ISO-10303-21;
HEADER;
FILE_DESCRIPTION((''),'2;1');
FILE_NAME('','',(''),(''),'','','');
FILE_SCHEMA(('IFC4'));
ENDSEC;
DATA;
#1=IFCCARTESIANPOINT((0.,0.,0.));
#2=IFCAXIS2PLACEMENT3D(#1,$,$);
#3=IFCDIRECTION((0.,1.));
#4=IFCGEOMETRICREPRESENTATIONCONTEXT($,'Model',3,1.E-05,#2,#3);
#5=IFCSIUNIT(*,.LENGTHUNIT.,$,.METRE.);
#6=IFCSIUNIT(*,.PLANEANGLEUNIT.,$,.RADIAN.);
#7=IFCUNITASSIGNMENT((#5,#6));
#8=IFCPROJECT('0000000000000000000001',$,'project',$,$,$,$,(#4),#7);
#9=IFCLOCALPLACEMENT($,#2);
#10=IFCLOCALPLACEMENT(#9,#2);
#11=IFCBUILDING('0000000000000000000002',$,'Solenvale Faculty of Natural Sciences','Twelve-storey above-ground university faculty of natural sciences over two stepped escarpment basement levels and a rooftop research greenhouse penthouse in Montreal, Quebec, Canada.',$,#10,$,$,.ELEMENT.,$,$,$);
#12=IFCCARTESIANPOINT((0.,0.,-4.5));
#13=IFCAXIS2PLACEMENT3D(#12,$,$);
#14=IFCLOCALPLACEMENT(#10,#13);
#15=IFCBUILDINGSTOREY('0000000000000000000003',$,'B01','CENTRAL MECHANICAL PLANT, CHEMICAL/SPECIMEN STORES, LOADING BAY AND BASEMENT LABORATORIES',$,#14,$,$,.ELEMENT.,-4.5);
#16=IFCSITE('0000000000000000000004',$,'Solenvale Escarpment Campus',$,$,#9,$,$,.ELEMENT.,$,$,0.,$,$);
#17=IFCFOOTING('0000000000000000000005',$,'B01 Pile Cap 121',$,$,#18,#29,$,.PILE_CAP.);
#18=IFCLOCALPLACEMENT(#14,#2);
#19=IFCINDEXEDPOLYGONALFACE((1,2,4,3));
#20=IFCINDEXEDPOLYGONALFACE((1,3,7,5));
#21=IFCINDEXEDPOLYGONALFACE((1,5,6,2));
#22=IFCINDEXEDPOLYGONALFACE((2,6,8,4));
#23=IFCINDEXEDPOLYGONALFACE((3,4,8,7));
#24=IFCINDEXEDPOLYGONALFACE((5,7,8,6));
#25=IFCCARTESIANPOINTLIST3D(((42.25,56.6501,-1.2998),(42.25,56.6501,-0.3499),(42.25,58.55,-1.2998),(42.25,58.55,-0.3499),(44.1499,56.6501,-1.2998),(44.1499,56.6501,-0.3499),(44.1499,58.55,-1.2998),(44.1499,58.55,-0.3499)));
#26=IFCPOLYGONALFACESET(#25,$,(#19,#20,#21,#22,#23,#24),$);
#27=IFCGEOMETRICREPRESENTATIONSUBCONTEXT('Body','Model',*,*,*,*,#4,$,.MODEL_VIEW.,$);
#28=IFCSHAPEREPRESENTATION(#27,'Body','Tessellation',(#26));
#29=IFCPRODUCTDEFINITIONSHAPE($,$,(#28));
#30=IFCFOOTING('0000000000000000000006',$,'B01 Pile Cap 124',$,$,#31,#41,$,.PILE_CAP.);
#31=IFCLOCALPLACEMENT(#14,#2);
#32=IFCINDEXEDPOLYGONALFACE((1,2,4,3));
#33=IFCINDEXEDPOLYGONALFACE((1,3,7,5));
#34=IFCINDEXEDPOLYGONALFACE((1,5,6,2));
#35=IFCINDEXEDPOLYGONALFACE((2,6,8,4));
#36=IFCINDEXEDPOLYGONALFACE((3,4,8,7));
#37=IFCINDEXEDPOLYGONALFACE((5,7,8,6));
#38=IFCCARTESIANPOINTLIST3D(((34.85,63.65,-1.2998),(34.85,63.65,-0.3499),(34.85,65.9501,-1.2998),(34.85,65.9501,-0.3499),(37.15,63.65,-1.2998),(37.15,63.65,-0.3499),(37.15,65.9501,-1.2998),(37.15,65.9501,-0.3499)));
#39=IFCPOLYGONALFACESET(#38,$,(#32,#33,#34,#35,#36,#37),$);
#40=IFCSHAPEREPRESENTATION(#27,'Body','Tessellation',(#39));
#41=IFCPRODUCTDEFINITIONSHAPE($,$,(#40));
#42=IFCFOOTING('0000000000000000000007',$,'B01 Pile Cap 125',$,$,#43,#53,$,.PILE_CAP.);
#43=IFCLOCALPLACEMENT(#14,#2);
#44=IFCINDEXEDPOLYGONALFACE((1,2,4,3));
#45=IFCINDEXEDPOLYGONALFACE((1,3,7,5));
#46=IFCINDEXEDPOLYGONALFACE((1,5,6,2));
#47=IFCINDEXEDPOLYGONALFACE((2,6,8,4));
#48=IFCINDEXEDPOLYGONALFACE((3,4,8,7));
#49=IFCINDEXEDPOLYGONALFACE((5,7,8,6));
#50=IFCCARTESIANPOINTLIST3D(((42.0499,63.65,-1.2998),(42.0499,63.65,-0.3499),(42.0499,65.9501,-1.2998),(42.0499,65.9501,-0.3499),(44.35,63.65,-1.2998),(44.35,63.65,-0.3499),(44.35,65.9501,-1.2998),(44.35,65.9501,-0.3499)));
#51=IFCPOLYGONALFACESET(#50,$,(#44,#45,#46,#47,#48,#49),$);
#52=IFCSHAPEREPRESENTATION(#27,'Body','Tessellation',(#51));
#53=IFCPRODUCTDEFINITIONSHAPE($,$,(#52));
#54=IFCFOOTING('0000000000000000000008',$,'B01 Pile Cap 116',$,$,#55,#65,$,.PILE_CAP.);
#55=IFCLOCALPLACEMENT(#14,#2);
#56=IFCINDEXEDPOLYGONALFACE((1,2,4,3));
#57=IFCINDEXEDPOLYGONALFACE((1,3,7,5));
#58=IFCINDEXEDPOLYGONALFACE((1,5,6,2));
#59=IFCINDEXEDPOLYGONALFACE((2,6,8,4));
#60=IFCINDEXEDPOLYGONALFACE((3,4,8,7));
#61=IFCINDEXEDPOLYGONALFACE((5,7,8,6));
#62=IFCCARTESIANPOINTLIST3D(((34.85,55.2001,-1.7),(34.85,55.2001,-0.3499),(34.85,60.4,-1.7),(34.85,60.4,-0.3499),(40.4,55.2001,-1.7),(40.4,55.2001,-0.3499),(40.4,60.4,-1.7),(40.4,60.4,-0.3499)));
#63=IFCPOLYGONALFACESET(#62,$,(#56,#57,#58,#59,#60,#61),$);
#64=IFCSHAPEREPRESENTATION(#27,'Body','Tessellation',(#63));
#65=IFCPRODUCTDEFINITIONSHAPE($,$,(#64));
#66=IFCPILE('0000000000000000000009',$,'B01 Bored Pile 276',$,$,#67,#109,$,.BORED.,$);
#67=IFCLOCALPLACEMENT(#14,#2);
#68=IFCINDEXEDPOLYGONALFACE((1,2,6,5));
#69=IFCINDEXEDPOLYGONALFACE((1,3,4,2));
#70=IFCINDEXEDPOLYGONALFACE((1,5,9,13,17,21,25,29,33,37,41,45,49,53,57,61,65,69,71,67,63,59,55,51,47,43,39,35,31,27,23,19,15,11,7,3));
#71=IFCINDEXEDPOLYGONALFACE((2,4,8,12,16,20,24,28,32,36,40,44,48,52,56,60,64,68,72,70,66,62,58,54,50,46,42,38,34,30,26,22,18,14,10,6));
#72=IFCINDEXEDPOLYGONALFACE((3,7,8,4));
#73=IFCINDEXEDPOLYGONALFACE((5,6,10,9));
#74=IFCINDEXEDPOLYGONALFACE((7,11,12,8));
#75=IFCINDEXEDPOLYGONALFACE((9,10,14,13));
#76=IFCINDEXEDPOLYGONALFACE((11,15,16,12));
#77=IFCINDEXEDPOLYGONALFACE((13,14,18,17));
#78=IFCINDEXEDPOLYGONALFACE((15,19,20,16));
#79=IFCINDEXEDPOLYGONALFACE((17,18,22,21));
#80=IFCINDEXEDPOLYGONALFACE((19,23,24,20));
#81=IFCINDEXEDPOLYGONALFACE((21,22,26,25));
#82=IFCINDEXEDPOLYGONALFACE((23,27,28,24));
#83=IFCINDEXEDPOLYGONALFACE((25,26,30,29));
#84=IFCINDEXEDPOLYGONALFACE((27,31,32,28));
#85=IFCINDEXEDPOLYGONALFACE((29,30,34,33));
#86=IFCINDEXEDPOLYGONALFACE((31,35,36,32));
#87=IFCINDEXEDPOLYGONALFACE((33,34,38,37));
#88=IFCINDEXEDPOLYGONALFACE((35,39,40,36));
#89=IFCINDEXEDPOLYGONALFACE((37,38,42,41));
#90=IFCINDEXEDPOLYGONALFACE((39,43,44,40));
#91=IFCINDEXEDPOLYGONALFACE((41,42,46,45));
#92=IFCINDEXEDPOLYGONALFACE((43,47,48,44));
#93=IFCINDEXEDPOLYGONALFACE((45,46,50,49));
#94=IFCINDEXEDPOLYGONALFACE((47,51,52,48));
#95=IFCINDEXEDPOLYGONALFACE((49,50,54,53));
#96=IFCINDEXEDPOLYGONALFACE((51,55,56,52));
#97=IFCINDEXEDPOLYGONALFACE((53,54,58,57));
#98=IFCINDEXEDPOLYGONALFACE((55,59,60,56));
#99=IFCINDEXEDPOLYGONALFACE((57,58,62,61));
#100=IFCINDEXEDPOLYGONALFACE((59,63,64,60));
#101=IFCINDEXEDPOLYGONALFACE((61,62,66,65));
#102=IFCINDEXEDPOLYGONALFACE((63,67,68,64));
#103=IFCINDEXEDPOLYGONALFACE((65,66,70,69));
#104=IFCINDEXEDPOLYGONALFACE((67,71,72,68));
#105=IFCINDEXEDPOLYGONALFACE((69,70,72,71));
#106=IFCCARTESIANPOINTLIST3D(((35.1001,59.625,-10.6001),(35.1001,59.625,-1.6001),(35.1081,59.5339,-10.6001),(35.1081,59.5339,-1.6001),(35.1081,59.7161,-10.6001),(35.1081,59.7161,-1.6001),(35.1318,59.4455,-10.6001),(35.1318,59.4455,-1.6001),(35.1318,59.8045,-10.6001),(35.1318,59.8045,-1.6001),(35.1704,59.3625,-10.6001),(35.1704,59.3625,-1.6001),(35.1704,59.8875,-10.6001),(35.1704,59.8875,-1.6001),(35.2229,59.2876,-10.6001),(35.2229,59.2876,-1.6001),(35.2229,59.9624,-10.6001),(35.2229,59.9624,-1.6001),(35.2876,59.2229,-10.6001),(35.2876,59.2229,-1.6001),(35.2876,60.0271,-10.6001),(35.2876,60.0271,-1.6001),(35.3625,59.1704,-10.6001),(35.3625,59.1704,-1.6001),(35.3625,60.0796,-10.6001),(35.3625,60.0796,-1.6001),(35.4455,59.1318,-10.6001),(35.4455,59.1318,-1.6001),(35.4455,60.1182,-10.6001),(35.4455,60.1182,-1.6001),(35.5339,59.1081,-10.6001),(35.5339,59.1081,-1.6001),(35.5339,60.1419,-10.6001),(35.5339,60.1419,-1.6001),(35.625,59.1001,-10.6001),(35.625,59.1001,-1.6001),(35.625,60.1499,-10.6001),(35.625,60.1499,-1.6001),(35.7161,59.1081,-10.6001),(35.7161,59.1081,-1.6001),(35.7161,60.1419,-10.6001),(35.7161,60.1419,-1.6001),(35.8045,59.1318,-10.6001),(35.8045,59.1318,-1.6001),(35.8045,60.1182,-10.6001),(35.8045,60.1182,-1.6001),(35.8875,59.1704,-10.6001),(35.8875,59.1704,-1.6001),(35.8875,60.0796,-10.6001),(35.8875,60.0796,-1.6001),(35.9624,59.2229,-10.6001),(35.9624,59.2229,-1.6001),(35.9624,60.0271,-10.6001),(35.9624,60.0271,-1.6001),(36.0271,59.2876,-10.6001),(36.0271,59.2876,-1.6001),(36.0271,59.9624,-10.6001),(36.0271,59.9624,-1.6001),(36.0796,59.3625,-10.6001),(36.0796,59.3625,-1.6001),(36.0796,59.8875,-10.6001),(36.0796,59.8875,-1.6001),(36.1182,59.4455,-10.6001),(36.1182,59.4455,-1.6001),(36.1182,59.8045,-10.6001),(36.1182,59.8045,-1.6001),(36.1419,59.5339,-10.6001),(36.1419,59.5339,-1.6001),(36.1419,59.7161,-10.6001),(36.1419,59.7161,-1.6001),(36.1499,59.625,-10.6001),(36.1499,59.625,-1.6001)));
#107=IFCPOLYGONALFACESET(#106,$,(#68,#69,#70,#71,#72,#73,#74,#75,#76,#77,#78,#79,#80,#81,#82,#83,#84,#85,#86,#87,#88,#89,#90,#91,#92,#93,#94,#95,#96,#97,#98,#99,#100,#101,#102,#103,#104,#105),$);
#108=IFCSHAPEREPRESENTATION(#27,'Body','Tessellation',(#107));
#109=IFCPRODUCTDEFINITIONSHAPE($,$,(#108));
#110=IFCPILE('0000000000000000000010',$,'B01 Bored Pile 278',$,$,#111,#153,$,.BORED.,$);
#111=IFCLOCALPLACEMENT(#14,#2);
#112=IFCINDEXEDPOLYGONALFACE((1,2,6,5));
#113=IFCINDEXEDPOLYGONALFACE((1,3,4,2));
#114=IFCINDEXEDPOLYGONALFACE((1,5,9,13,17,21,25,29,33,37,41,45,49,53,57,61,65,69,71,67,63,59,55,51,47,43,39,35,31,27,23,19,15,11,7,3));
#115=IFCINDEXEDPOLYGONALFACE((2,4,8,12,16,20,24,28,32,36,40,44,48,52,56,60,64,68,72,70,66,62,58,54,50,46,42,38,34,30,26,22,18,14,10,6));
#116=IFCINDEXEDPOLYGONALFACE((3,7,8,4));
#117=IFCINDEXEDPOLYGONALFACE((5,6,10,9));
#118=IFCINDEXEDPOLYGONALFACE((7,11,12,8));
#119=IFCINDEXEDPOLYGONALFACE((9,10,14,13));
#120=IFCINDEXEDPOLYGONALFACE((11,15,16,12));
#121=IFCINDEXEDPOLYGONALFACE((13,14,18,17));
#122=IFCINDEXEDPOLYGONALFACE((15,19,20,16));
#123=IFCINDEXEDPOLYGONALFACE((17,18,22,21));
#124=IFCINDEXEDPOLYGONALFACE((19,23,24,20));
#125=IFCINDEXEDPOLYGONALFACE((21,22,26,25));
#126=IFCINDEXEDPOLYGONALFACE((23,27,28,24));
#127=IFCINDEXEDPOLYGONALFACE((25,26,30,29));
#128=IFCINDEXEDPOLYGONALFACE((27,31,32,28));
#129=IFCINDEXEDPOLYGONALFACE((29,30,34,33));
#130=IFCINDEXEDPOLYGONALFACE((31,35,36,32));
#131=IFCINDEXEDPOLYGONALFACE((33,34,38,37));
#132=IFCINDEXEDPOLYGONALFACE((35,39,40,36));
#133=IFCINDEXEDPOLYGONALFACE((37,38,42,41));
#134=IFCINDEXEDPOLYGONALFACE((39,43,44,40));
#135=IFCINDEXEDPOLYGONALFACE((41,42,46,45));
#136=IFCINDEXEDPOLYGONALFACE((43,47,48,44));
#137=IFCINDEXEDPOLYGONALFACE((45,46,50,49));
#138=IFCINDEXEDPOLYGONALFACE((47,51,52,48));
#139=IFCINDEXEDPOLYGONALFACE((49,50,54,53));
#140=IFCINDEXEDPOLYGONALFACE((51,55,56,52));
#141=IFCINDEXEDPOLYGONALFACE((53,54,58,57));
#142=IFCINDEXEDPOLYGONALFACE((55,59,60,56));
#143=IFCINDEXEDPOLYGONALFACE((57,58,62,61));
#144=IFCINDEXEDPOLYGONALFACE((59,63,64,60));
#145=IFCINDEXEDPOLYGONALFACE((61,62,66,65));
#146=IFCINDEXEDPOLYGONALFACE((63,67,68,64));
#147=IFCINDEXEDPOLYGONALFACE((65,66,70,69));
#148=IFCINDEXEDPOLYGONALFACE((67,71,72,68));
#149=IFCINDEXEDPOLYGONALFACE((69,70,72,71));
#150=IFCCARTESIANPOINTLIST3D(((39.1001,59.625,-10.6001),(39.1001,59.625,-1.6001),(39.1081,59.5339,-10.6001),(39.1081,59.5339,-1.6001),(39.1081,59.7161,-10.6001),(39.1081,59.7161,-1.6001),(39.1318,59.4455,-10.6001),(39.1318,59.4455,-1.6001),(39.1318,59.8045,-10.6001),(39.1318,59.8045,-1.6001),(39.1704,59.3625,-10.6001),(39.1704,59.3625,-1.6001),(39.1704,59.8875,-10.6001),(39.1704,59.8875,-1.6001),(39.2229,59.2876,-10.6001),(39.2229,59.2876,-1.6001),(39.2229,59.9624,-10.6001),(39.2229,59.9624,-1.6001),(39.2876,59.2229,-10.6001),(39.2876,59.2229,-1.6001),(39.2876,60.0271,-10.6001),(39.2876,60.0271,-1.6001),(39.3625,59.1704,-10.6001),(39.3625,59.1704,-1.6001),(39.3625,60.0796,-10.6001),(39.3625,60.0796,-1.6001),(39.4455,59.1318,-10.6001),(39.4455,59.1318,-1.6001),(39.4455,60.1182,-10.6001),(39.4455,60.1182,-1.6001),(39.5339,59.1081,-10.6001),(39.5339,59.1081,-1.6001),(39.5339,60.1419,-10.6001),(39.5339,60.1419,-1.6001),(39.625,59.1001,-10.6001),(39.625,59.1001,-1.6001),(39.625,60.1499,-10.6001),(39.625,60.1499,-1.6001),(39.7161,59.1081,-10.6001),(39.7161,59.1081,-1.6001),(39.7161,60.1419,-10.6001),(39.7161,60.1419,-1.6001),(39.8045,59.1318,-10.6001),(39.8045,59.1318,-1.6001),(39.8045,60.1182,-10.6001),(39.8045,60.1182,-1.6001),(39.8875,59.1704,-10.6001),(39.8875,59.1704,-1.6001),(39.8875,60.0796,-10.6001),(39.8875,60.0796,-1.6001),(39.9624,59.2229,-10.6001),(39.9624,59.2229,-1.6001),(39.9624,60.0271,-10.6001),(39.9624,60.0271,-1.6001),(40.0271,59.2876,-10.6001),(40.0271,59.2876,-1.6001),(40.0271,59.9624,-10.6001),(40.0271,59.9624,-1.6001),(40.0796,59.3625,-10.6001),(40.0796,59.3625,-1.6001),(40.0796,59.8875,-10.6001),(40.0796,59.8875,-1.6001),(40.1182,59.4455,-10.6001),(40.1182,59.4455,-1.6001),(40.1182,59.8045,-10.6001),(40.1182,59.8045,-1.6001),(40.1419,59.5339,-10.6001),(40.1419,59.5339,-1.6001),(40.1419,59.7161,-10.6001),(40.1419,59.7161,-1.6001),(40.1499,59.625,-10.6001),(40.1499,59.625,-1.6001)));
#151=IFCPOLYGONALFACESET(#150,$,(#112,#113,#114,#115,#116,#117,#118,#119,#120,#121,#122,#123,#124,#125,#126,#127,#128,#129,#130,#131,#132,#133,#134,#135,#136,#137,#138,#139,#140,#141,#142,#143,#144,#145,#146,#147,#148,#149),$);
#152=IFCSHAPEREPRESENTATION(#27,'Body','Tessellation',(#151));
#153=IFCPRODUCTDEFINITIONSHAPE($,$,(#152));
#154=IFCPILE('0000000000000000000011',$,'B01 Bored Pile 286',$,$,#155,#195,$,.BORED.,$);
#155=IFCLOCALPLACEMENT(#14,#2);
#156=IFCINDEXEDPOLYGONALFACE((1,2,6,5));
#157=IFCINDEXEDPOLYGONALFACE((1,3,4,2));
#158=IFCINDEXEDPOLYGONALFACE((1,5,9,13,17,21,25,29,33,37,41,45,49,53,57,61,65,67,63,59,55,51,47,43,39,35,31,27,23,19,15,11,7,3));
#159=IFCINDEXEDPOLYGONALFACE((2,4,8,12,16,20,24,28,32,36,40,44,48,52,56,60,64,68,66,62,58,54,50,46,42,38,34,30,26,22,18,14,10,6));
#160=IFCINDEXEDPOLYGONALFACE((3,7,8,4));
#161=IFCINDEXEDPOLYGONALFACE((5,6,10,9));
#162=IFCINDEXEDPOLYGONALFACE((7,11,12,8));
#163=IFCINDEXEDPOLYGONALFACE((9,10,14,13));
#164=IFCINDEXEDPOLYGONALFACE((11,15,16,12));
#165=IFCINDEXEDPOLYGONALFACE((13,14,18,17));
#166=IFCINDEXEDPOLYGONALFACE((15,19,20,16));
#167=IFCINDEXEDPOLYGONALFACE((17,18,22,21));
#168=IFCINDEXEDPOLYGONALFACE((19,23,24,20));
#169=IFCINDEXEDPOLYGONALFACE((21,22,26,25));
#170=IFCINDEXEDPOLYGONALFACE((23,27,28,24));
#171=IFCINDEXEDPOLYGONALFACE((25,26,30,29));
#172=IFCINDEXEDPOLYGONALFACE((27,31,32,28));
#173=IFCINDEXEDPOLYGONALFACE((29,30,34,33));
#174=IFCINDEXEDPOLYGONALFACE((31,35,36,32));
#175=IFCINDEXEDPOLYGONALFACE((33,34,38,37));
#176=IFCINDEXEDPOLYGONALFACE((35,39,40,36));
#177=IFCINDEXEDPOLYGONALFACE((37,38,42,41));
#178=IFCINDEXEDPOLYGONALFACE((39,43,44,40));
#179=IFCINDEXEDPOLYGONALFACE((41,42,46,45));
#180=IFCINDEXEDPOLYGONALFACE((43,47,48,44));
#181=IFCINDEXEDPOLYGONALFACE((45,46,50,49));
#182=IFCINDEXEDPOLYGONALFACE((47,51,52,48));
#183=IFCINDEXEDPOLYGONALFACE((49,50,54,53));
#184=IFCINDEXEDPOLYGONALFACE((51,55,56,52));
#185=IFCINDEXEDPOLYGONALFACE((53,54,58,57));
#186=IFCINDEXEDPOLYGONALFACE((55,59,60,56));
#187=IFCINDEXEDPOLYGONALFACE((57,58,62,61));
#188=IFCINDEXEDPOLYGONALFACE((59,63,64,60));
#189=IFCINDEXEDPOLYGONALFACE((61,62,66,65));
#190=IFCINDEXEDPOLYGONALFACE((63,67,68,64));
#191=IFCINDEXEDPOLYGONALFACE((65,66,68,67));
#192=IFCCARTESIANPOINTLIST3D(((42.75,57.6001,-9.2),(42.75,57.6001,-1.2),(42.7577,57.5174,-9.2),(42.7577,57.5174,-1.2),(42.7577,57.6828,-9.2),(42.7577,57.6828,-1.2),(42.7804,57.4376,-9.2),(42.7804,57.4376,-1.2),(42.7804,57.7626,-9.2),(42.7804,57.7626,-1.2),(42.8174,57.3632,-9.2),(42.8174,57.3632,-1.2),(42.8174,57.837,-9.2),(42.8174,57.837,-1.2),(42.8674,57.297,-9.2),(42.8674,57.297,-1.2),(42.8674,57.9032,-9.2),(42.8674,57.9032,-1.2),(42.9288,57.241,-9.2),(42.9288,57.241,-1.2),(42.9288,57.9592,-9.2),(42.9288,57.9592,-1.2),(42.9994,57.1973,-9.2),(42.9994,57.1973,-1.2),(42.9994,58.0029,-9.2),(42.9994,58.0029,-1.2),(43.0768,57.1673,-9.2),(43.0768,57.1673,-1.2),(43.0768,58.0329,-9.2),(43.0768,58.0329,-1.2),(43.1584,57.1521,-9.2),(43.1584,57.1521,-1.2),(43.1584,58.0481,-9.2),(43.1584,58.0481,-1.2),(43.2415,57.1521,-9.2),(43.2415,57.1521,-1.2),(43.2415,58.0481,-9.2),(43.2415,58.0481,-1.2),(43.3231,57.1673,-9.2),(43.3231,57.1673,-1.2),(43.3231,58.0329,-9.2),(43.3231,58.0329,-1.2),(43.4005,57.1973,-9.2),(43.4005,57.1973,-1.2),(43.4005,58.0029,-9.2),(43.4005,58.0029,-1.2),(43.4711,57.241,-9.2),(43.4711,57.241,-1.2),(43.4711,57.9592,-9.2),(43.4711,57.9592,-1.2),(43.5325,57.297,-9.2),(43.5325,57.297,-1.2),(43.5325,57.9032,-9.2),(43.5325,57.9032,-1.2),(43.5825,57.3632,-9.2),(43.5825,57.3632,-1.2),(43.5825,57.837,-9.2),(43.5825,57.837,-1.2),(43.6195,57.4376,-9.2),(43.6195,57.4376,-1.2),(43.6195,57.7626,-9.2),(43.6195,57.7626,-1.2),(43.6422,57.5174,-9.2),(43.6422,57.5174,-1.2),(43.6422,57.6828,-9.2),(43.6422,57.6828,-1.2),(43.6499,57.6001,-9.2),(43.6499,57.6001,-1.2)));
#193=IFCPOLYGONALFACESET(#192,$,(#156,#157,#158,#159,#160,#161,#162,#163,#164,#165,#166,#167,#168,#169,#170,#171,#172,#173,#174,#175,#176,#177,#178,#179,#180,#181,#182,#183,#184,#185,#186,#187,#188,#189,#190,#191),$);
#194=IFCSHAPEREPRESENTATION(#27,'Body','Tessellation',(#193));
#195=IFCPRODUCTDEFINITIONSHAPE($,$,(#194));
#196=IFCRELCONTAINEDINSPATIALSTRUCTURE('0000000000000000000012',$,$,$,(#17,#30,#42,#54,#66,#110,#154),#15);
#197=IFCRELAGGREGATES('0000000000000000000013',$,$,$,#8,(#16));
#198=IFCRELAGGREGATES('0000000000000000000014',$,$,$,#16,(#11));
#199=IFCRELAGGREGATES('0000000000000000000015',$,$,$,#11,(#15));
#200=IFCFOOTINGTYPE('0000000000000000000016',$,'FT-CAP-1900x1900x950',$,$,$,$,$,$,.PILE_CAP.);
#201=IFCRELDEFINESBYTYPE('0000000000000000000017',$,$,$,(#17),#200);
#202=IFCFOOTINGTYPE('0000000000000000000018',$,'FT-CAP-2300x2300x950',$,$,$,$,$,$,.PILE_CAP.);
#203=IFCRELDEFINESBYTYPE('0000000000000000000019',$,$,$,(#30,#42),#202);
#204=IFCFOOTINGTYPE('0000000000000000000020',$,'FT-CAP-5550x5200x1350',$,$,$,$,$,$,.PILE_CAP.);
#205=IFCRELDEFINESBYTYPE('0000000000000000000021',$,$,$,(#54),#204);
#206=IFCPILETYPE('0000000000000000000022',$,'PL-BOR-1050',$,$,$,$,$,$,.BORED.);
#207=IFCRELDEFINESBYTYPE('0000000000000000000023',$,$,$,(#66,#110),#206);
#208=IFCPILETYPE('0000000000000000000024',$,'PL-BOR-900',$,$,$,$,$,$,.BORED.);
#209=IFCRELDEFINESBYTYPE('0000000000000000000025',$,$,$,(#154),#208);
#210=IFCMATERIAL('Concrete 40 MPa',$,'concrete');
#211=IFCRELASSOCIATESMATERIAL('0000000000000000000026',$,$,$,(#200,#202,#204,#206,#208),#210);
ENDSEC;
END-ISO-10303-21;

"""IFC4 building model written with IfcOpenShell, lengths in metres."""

from ifc_helpers import new_model, si_unit, direction, frame, origin, origin_2d, place, context, subcontext, project, spatial, rectangle, circle, extrude, material, material_profile, profile_set, type_object, element, save


model = new_model("IFC4")

# Units and contexts
model_context = context("Model", 3, precision=1e-05, world=origin(), true_north=direction((0.0, 1.0)))
body_context = subcontext(model_context, "Body", "Model", "MODEL_VIEW")
ifc_project = project(units=[si_unit("LENGTHUNIT", "METRE"), si_unit("PLANEANGLEUNIT", "RADIAN")], contexts=[model_context])

# Site, building, storey
site_placement = place(None, origin())
site = spatial("IfcSite", under=ifc_project, at=site_placement, Name="Solenvale Escarpment Campus", CompositionType="ELEMENT", RefElevation=0.0)
building_placement = place(site_placement, origin())
building = spatial("IfcBuilding", under=site, at=building_placement, Name="Solenvale Faculty of Natural Sciences", Description="Twelve-storey above-ground university faculty of natural sciences over two stepped escarpment basement levels and a rooftop research greenhouse penthouse in Montreal, Quebec, Canada.", CompositionType="ELEMENT")
storey_placement = place(building_placement, frame((0.0, 0.0, -4.5)))
storey = spatial("IfcBuildingStorey", under=building, at=storey_placement, Name="B01", Description="CENTRAL MECHANICAL PLANT, CHEMICAL/SPECIMEN STORES, LOADING BAY AND BASEMENT LABORATORIES", CompositionType="ELEMENT", Elevation=-4.5)

# Footings
ifc_material_1 = material(Name="Concrete 40 MPa", Category="concrete")
footing_type_1 = type_object("IfcFootingType", Name="FT-CAP-1900x1900x950", PredefinedType="PILE_CAP", material=ifc_material_1)
footing_1_placement = place(storey_placement, frame((43.2, 57.6001, -1.2998), z_axis=(0.0, 0.0, 1.0), x_axis=(1.0, 0.0, 0.0)))
element("IfcFooting", 1, at=footing_1_placement, inside=storey, type_object=footing_type_1, Name="B01 Pile Cap 121", PredefinedType="PILE_CAP", context=body_context, shape_type="SweptSolid", body=[
    extrude(rectangle(XDim=1.8999, YDim=1.8999, at=origin_2d()), origin(), (0.0, 0.0, 1.0), 0.95),
])
footing_type_2 = type_object("IfcFootingType", Name="FT-CAP-2300x2300x950", PredefinedType="PILE_CAP", material=ifc_material_1)
for number, where, z_axis, x_axis, name in (
    (2, (36.0, 64.8, -1.2998), (0.0, 0.0, 1.0), (1.0, 0.0, 0.0), "B01 Pile Cap 124"),
    (3, (43.2, 64.8, -1.2998), (0.0, 0.0, 1.0), (1.0, 0.0, 0.0), "B01 Pile Cap 125"),
):
    element("IfcFooting", number, at=place(storey_placement, frame(where, z_axis=z_axis, x_axis=x_axis)), inside=storey, type_object=footing_type_2, Name=name, PredefinedType="PILE_CAP", context=body_context, shape_type="SweptSolid", body=[
        extrude(rectangle(XDim=2.3, YDim=2.3, at=origin_2d()), origin(), (0.0, 0.0, 1.0), 0.95),
    ])
footing_type_3 = type_object("IfcFootingType", Name="FT-CAP-5550x5200x1350", PredefinedType="PILE_CAP", material=ifc_material_1)
footing_2_placement = place(storey_placement, frame((37.625, 57.8, -1.7), z_axis=(0.0, 0.0, 1.0), x_axis=(1.0, 0.0, 0.0)))
element("IfcFooting", 4, at=footing_2_placement, inside=storey, type_object=footing_type_3, Name="B01 Pile Cap 116", PredefinedType="PILE_CAP", context=body_context, shape_type="SweptSolid", body=[
    extrude(rectangle(XDim=5.55, YDim=5.2, at=origin_2d()), origin(), (0.0, 0.0, 1.0), 1.3501),
])

# Piles
ifc_material_profile_1 = material_profile(ifc_material_1, circle(Radius=0.5249, at=origin_2d()), Name="PILE-D1050")
ifc_profile_set_1 = profile_set([ifc_material_profile_1], Name="Concrete 40 MPa")
pile_type_1 = type_object("IfcPileType", Name="PL-BOR-1050", PredefinedType="BORED", material=ifc_profile_set_1)
for number, where, z_axis, x_axis, name in (
    (5, (35.625, 59.625, -1.6001), (0.0, 0.0, -1.0), (1.0, 0.0, 0.0), "B01 Bored Pile 276"),
    (6, (39.625, 59.625, -1.6001), (0.0, 0.0, -1.0), (1.0, 0.0, 0.0), "B01 Bored Pile 278"),
):
    element("IfcPile", number, at=place(storey_placement, frame(where, z_axis=z_axis, x_axis=x_axis)), inside=storey, type_object=pile_type_1, Name=name, PredefinedType="BORED", context=body_context, shape_type="SweptSolid", body=[
        extrude(circle(Radius=0.5249, at=origin_2d()), origin(), (0.0, 0.0, 1.0), 9.0),
    ])
ifc_material_profile_2 = material_profile(ifc_material_1, circle(Radius=0.45, at=origin_2d()), Name="PILE-D900")
ifc_profile_set_2 = profile_set([ifc_material_profile_2], Name="Concrete 40 MPa")
pile_type_2 = type_object("IfcPileType", Name="PL-BOR-900", PredefinedType="BORED", material=ifc_profile_set_2)
for number, where, z_axis, x_axis, name in (
    (7, (43.2, 57.6001, -1.2), (0.0, 0.0, -1.0), (1.0, 0.0, 0.0), "B01 Bored Pile 286"),
):
    element("IfcPile", number, at=place(storey_placement, frame(where, z_axis=z_axis, x_axis=x_axis)), inside=storey, type_object=pile_type_2, Name=name, PredefinedType="BORED", context=body_context, shape_type="SweptSolid", body=[
        extrude(circle(Radius=0.45, at=origin_2d()), origin(), (0.0, 0.0, 1.0), 8.0),
    ])

save(model, "model.ifc")
